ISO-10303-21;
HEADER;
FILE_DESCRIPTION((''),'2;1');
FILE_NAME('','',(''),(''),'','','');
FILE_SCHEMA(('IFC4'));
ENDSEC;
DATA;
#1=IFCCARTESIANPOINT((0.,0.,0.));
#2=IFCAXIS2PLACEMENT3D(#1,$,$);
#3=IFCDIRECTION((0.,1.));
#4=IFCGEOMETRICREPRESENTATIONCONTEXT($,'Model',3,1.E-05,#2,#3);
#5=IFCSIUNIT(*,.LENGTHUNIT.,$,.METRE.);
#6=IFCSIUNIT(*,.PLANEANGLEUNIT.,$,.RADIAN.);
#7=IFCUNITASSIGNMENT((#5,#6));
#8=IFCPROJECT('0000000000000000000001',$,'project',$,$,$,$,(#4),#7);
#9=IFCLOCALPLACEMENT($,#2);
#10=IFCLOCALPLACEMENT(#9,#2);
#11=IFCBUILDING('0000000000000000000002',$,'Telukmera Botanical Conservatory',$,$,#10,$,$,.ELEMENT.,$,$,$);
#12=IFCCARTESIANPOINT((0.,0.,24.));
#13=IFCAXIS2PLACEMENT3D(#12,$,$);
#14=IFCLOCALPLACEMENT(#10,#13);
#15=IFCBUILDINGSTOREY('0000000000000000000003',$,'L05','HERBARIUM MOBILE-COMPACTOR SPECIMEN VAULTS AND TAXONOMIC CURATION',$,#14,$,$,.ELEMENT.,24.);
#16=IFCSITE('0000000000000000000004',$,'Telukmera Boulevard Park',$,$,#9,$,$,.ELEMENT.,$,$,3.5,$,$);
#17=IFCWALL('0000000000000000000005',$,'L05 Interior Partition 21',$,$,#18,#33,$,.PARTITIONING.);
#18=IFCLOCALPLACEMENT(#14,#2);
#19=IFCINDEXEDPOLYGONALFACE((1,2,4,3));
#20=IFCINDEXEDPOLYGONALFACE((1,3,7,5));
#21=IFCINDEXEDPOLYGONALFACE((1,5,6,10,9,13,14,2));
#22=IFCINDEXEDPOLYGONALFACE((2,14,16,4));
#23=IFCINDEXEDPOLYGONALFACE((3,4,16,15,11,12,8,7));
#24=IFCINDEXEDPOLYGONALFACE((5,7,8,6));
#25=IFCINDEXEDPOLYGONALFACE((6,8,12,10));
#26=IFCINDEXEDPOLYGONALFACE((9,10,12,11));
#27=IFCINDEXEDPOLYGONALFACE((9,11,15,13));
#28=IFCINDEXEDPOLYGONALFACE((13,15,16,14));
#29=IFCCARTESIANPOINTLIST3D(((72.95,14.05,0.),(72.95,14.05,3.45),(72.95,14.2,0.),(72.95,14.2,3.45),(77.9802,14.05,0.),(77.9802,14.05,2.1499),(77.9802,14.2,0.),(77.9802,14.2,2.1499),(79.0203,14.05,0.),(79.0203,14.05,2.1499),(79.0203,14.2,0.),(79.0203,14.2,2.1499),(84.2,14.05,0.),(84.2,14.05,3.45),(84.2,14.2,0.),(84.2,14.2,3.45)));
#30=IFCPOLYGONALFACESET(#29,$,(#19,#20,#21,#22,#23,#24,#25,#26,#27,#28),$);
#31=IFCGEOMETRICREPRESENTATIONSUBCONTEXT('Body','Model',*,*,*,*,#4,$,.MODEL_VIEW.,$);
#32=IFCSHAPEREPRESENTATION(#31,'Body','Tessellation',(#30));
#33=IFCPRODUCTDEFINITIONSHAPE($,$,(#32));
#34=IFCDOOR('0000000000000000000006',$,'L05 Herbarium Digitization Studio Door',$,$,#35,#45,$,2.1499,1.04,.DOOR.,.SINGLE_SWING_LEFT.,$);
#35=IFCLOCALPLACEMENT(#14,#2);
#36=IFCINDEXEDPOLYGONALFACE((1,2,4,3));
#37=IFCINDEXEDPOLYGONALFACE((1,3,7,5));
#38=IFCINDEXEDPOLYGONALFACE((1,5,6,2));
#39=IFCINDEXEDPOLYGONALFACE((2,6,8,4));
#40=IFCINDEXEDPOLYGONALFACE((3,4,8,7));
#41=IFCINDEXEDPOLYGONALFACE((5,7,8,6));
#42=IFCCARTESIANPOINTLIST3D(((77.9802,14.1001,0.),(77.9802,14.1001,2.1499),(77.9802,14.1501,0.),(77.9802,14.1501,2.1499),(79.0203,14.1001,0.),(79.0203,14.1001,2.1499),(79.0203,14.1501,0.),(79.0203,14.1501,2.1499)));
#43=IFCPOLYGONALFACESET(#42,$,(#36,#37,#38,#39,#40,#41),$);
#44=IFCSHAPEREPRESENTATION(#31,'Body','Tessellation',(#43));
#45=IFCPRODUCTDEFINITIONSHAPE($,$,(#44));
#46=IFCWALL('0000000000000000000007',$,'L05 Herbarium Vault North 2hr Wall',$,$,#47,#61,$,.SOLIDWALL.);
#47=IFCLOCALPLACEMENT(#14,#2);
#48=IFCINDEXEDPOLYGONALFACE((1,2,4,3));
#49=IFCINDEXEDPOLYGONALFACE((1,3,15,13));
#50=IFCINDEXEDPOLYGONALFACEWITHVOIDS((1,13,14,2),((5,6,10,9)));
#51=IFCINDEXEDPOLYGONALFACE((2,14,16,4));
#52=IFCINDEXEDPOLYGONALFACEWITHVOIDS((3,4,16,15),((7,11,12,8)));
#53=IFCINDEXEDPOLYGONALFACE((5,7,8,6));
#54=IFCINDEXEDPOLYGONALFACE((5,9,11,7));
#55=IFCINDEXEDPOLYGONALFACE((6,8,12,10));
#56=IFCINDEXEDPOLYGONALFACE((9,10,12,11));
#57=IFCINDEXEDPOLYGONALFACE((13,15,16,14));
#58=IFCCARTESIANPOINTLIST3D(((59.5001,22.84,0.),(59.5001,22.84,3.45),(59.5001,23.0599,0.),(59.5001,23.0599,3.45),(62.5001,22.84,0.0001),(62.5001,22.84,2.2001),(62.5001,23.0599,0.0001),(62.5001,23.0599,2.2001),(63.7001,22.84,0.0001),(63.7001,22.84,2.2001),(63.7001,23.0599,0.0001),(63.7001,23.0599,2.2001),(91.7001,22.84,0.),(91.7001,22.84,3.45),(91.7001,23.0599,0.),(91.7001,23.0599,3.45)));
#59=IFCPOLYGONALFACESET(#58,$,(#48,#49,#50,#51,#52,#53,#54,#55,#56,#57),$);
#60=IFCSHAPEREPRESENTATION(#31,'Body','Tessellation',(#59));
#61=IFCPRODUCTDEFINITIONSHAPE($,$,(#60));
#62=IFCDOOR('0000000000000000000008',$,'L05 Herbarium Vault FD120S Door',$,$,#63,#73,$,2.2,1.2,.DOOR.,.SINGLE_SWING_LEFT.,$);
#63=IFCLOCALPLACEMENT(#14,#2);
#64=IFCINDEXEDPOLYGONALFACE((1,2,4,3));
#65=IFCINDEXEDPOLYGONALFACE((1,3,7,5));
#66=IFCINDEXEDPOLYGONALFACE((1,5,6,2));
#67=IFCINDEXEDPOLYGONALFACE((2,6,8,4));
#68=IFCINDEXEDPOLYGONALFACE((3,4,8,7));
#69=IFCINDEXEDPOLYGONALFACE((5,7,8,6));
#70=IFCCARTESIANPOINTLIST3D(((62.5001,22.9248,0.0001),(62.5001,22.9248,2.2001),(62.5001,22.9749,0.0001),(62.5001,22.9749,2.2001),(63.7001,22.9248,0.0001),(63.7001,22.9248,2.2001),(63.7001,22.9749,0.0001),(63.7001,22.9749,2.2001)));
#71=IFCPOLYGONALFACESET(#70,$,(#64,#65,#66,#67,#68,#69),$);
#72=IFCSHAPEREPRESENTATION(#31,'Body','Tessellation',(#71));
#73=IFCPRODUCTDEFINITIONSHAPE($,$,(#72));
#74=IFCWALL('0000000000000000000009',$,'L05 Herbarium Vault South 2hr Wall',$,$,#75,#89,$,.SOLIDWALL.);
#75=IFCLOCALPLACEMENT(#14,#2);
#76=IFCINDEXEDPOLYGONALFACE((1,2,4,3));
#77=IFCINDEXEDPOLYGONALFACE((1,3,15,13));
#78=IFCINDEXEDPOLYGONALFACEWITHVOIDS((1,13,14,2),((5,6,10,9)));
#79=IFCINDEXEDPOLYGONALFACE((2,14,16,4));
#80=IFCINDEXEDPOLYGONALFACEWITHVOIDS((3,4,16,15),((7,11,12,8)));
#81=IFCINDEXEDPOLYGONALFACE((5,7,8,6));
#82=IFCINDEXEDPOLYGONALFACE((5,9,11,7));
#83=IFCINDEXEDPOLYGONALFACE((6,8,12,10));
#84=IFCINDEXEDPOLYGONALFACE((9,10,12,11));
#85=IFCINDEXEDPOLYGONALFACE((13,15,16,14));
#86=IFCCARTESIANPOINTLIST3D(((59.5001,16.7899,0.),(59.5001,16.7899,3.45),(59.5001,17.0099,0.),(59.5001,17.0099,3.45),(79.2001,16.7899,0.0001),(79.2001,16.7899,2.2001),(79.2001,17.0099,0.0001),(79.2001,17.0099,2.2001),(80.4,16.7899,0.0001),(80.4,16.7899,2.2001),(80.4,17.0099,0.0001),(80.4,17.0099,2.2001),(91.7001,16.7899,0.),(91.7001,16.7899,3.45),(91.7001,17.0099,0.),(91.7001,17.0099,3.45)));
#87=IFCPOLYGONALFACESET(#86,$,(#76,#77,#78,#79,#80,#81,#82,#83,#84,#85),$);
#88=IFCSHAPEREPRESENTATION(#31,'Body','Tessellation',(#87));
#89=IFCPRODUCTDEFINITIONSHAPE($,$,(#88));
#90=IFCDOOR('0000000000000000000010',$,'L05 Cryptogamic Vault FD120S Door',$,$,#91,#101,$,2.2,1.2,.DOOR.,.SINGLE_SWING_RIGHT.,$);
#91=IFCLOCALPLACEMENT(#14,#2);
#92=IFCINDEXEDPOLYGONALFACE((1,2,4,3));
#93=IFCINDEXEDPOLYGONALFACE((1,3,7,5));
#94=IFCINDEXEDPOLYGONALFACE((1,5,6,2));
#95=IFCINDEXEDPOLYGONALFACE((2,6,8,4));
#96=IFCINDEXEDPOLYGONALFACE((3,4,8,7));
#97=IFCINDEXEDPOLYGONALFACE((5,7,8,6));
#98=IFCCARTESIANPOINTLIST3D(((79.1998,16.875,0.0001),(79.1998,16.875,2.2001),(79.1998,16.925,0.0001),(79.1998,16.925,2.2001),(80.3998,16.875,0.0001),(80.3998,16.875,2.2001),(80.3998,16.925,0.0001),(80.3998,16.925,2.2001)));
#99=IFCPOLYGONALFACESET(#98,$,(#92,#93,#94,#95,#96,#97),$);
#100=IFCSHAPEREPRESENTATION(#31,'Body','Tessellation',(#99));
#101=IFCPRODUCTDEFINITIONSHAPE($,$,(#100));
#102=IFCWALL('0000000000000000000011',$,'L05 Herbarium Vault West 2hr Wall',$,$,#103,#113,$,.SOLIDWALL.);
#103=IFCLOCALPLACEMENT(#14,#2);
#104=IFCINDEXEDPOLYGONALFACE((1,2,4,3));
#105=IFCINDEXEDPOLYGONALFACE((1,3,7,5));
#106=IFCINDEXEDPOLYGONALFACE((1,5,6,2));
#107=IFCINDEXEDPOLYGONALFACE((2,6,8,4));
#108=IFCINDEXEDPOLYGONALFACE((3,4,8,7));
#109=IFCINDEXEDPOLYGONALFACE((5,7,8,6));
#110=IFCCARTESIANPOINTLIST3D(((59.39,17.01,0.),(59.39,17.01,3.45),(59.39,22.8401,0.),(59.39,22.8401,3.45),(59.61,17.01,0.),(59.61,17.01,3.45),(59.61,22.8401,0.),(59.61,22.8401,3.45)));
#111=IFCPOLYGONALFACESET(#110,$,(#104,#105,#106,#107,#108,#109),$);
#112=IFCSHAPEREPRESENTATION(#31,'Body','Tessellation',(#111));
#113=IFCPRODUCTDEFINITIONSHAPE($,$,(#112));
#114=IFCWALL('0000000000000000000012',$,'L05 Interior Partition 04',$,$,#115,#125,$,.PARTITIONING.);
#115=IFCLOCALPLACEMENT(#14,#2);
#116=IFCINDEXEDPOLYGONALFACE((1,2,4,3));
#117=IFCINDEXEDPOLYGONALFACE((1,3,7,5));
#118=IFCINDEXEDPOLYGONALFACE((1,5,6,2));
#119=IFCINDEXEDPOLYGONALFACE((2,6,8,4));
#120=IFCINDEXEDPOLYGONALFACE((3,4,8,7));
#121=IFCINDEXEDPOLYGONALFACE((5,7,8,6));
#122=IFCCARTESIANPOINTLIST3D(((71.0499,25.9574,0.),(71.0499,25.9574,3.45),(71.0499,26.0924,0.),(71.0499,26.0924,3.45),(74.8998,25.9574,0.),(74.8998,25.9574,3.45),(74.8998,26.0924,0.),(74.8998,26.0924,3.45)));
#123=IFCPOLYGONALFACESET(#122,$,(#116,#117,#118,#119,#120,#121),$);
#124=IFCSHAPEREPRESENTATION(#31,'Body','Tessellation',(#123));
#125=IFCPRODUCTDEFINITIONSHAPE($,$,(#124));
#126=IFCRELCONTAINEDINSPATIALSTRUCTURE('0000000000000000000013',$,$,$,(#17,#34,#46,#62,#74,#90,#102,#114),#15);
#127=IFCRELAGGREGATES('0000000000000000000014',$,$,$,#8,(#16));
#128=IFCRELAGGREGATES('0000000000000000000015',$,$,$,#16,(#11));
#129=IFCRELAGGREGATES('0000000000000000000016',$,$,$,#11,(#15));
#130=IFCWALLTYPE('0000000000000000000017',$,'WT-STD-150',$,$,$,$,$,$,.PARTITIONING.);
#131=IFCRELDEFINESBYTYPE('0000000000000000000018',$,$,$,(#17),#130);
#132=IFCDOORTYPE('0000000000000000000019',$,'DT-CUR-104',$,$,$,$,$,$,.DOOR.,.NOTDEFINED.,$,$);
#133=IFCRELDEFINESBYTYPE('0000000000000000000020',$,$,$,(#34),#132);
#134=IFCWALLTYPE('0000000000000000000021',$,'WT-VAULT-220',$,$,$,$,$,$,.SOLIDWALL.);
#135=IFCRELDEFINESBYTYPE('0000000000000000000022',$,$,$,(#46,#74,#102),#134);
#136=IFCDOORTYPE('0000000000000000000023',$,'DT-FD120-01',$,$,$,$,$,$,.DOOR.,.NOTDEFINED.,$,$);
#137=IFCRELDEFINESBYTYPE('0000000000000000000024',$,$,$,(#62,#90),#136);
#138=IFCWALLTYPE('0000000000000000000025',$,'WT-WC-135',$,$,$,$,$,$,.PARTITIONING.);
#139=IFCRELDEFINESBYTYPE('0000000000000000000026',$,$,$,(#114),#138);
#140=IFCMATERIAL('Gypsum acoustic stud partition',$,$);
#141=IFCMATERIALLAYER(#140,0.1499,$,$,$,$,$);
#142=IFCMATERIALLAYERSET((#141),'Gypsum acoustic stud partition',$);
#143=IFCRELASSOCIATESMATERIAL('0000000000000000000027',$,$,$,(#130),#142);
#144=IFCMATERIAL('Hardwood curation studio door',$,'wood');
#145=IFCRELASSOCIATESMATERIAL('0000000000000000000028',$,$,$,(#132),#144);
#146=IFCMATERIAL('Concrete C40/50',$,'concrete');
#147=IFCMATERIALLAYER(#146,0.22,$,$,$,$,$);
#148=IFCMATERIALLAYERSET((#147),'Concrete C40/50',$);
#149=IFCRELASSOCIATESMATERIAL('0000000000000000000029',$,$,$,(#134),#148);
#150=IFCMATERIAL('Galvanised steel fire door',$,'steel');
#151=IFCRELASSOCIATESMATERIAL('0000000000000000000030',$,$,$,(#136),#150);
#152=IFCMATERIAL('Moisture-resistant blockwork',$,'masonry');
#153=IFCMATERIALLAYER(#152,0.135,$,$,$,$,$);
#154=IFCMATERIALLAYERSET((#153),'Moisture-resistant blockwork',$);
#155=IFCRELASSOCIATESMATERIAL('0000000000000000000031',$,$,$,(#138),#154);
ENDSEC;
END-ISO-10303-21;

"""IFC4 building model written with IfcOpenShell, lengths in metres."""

from ifc_helpers import new_model, si_unit, direction, frame, frame_2d, origin, place, context, subcontext, project, spatial, rectangle, extrude, material, layer, layer_set, type_object, element, fill, save


model = new_model("IFC4")

# Units and contexts
model_context = context("Model", 3, precision=1e-05, world=origin(), true_north=direction((0.0, 1.0)))
body_context = subcontext(model_context, "Body", "Model", "MODEL_VIEW")
ifc_project = project(units=[si_unit("LENGTHUNIT", "METRE"), si_unit("PLANEANGLEUNIT", "RADIAN")], contexts=[model_context])

# Site, building, storey
site_placement = place(None, origin())
site = spatial("IfcSite", under=ifc_project, at=site_placement, Name="Telukmera Boulevard Park", CompositionType="ELEMENT", RefElevation=3.5)
building_placement = place(site_placement, origin())
building = spatial("IfcBuilding", under=site, at=building_placement, Name="Telukmera Botanical Conservatory", CompositionType="ELEMENT")
storey_placement = place(building_placement, frame((0.0, 0.0, 24.0)))
storey = spatial("IfcBuildingStorey", under=building, at=storey_placement, Name="L05", Description="HERBARIUM MOBILE-COMPACTOR SPECIMEN VAULTS AND TAXONOMIC CURATION", CompositionType="ELEMENT", Elevation=24.0)

# Shared definitions
ifc_material_1 = material(Name="Concrete C40/50", Category="concrete")

# Walls, openings, doors
ifc_material_2 = material(Name="Gypsum acoustic stud partition")
ifc_layer_1 = layer(ifc_material_2, 0.1499)
ifc_layer_set_1 = layer_set([ifc_layer_1], Name="Gypsum acoustic stud partition")
wall_type_1 = type_object("IfcWallType", Name="WT-STD-150", PredefinedType="PARTITIONING", material=ifc_layer_set_1)
wall_1_placement = place(storey_placement, frame((72.95, 14.125, 0.0), z_axis=(0.0, 0.0, 1.0), x_axis=(1.0, 0.0, 0.0)))
wall_1 = element("IfcWall", 1, at=wall_1_placement, inside=storey, type_object=wall_type_1, Name="L05 Interior Partition 21", PredefinedType="PARTITIONING", context=body_context, shape_type="SweptSolid", body=[
    extrude(rectangle(XDim=11.25, YDim=0.1499, at=frame_2d((5.625, 0.0))), origin(), (0.0, 0.0, 1.0), 3.45),
])
opening_1_placement = place(wall_1_placement, frame((5.0303, 0.0, 0.0)))
opening_1 = element("IfcOpeningElement", 2, at=opening_1_placement, cuts=wall_1, PredefinedType="OPENING", context=body_context, shape_type="SweptSolid", body=[
    extrude(rectangle(XDim=1.04, YDim=2.1499, at=frame_2d((0.52, 1.075))), frame((0.0, 0.085, 0.0), z_axis=(0.0, -1.0, 0.0), x_axis=(1.0, 0.0, 0.0)), (0.0, 0.0, 1.0), 0.1699),
])
ifc_material_3 = material(Name="Hardwood curation studio door", Category="wood")
door_type_1 = type_object("IfcDoorType", Name="DT-CUR-104", OperationType="NOTDEFINED", PredefinedType="DOOR", material=ifc_material_3)
door_1_placement = place(opening_1_placement, frame((1.04, 0.0, 0.0), z_axis=(0.0, 0.0, 1.0), x_axis=(-1.0, 0.0, 0.0)))
door_1 = element("IfcDoor", 3, at=door_1_placement, inside=storey, type_object=door_type_1, Name="L05 Herbarium Digitization Studio Door", OperationType="SINGLE_SWING_LEFT", OverallHeight=2.1499, OverallWidth=1.04, PredefinedType="DOOR", context=body_context, shape_type="SweptSolid", body=[
    extrude(rectangle(XDim=1.04, YDim=2.1499, at=frame_2d((0.52, 1.075))), frame((0.0, 0.0249, 0.0), z_axis=(0.0, -1.0, 0.0), x_axis=(1.0, 0.0, 0.0)), (0.0, 0.0, 1.0), 0.05),
])
fill(opening_1, door_1)
ifc_layer_2 = layer(ifc_material_1, 0.22)
ifc_layer_set_2 = layer_set([ifc_layer_2], Name="Concrete C40/50")
wall_type_2 = type_object("IfcWallType", Name="WT-VAULT-220", PredefinedType="SOLIDWALL", material=ifc_layer_set_2)
wall_2_placement = place(storey_placement, frame((59.5, 22.95, 0.0), z_axis=(0.0, 0.0, 1.0), x_axis=(1.0, 0.0, 0.0)))
wall_2 = element("IfcWall", 4, at=wall_2_placement, inside=storey, type_object=wall_type_2, Name="L05 Herbarium Vault North 2hr Wall", PredefinedType="SOLIDWALL", context=body_context, shape_type="SweptSolid", body=[
    extrude(rectangle(XDim=32.2, YDim=0.22, at=frame_2d((16.1001, 0.0))), origin(), (0.0, 0.0, 1.0), 3.45),
])
opening_2_placement = place(wall_2_placement, frame((3.0, 0.0, 0.0)))
opening_2 = element("IfcOpeningElement", 5, at=opening_2_placement, cuts=wall_2, PredefinedType="OPENING", context=body_context, shape_type="SweptSolid", body=[
    extrude(rectangle(XDim=1.2, YDim=2.2, at=frame_2d((0.6001, 1.1001))), frame((0.0, 0.1199, 0.0), z_axis=(0.0, -1.0, 0.0), x_axis=(1.0, 0.0, 0.0)), (0.0, 0.0, 1.0), 0.24),
])
ifc_material_4 = material(Name="Galvanised steel fire door", Category="steel")
door_type_2 = type_object("IfcDoorType", Name="DT-FD120-01", OperationType="NOTDEFINED", PredefinedType="DOOR", material=ifc_material_4)
door_2_placement = place(opening_2_placement, origin())
door_2 = element("IfcDoor", 6, at=door_2_placement, inside=storey, type_object=door_type_2, Name="L05 Herbarium Vault FD120S Door", OperationType="SINGLE_SWING_LEFT", OverallHeight=2.2, OverallWidth=1.2, PredefinedType="DOOR", context=body_context, shape_type="SweptSolid", body=[
    extrude(rectangle(XDim=1.2, YDim=2.2, at=frame_2d((0.6001, 1.1001))), frame((0.0, 0.0249, 0.0), z_axis=(0.0, -1.0, 0.0), x_axis=(1.0, 0.0, 0.0)), (0.0, 0.0, 1.0), 0.05),
])
fill(opening_2, door_2)
wall_3_placement = place(storey_placement, frame((59.5, 16.8999, 0.0), z_axis=(0.0, 0.0, 1.0), x_axis=(1.0, 0.0, 0.0)))
wall_3 = element("IfcWall", 7, at=wall_3_placement, inside=storey, type_object=wall_type_2, Name="L05 Herbarium Vault South 2hr Wall", PredefinedType="SOLIDWALL", context=body_context, shape_type="SweptSolid", body=[
    extrude(rectangle(XDim=32.2, YDim=0.22, at=frame_2d((16.1001, 0.0))), origin(), (0.0, 0.0, 1.0), 3.45),
])
opening_3_placement = place(wall_3_placement, frame((19.7, 0.0, 0.0)))
opening_3 = element("IfcOpeningElement", 8, at=opening_3_placement, cuts=wall_3, PredefinedType="OPENING", context=body_context, shape_type="SweptSolid", body=[
    extrude(rectangle(XDim=1.2, YDim=2.2, at=frame_2d((0.6001, 1.1001))), frame((0.0, 0.1199, 0.0), z_axis=(0.0, -1.0, 0.0), x_axis=(1.0, 0.0, 0.0)), (0.0, 0.0, 1.0), 0.24),
])
door_3_placement = place(opening_3_placement, frame((1.2, 0.0, 0.0), z_axis=(0.0, 0.0, 1.0), x_axis=(-1.0, 0.0, 0.0)))
door_3 = element("IfcDoor", 9, at=door_3_placement, inside=storey, type_object=door_type_2, Name="L05 Cryptogamic Vault FD120S Door", OperationType="SINGLE_SWING_RIGHT", OverallHeight=2.2, OverallWidth=1.2, PredefinedType="DOOR", context=body_context, shape_type="SweptSolid", body=[
    extrude(rectangle(XDim=1.2, YDim=2.2, at=frame_2d((0.6001, 1.1001))), frame((0.0, 0.0249, 0.0), z_axis=(0.0, -1.0, 0.0), x_axis=(1.0, 0.0, 0.0)), (0.0, 0.0, 1.0), 0.05),
])
fill(opening_3, door_3)

# Walls
wall_4_placement = place(storey_placement, frame((59.5, 17.01, 0.0), z_axis=(0.0, 0.0, 1.0), x_axis=(0.0, 1.0, 0.0)))
element("IfcWall", 10, at=wall_4_placement, inside=storey, type_object=wall_type_2, Name="L05 Herbarium Vault West 2hr Wall", PredefinedType="SOLIDWALL", context=body_context, shape_type="SweptSolid", body=[
    extrude(rectangle(XDim=5.8301, YDim=0.22, at=frame_2d((2.915, 0.0))), origin(), (0.0, 0.0, 1.0), 3.45),
])
ifc_material_5 = material(Name="Moisture-resistant blockwork", Category="masonry")
ifc_layer_3 = layer(ifc_material_5, 0.135)
ifc_layer_set_3 = layer_set([ifc_layer_3], Name="Moisture-resistant blockwork")
wall_type_3 = type_object("IfcWallType", Name="WT-WC-135", PredefinedType="PARTITIONING", material=ifc_layer_set_3)
wall_5_placement = place(storey_placement, frame((71.05, 26.0249, 0.0), z_axis=(0.0, 0.0, 1.0), x_axis=(1.0, 0.0, 0.0)))
element("IfcWall", 11, at=wall_5_placement, inside=storey, type_object=wall_type_3, Name="L05 Interior Partition 04", PredefinedType="PARTITIONING", context=body_context, shape_type="SweptSolid", body=[
    extrude(rectangle(XDim=3.8499, YDim=0.135, at=frame_2d((1.9248, 0.0))), origin(), (0.0, 0.0, 1.0), 3.45),
])

save(model, "model.ifc")
